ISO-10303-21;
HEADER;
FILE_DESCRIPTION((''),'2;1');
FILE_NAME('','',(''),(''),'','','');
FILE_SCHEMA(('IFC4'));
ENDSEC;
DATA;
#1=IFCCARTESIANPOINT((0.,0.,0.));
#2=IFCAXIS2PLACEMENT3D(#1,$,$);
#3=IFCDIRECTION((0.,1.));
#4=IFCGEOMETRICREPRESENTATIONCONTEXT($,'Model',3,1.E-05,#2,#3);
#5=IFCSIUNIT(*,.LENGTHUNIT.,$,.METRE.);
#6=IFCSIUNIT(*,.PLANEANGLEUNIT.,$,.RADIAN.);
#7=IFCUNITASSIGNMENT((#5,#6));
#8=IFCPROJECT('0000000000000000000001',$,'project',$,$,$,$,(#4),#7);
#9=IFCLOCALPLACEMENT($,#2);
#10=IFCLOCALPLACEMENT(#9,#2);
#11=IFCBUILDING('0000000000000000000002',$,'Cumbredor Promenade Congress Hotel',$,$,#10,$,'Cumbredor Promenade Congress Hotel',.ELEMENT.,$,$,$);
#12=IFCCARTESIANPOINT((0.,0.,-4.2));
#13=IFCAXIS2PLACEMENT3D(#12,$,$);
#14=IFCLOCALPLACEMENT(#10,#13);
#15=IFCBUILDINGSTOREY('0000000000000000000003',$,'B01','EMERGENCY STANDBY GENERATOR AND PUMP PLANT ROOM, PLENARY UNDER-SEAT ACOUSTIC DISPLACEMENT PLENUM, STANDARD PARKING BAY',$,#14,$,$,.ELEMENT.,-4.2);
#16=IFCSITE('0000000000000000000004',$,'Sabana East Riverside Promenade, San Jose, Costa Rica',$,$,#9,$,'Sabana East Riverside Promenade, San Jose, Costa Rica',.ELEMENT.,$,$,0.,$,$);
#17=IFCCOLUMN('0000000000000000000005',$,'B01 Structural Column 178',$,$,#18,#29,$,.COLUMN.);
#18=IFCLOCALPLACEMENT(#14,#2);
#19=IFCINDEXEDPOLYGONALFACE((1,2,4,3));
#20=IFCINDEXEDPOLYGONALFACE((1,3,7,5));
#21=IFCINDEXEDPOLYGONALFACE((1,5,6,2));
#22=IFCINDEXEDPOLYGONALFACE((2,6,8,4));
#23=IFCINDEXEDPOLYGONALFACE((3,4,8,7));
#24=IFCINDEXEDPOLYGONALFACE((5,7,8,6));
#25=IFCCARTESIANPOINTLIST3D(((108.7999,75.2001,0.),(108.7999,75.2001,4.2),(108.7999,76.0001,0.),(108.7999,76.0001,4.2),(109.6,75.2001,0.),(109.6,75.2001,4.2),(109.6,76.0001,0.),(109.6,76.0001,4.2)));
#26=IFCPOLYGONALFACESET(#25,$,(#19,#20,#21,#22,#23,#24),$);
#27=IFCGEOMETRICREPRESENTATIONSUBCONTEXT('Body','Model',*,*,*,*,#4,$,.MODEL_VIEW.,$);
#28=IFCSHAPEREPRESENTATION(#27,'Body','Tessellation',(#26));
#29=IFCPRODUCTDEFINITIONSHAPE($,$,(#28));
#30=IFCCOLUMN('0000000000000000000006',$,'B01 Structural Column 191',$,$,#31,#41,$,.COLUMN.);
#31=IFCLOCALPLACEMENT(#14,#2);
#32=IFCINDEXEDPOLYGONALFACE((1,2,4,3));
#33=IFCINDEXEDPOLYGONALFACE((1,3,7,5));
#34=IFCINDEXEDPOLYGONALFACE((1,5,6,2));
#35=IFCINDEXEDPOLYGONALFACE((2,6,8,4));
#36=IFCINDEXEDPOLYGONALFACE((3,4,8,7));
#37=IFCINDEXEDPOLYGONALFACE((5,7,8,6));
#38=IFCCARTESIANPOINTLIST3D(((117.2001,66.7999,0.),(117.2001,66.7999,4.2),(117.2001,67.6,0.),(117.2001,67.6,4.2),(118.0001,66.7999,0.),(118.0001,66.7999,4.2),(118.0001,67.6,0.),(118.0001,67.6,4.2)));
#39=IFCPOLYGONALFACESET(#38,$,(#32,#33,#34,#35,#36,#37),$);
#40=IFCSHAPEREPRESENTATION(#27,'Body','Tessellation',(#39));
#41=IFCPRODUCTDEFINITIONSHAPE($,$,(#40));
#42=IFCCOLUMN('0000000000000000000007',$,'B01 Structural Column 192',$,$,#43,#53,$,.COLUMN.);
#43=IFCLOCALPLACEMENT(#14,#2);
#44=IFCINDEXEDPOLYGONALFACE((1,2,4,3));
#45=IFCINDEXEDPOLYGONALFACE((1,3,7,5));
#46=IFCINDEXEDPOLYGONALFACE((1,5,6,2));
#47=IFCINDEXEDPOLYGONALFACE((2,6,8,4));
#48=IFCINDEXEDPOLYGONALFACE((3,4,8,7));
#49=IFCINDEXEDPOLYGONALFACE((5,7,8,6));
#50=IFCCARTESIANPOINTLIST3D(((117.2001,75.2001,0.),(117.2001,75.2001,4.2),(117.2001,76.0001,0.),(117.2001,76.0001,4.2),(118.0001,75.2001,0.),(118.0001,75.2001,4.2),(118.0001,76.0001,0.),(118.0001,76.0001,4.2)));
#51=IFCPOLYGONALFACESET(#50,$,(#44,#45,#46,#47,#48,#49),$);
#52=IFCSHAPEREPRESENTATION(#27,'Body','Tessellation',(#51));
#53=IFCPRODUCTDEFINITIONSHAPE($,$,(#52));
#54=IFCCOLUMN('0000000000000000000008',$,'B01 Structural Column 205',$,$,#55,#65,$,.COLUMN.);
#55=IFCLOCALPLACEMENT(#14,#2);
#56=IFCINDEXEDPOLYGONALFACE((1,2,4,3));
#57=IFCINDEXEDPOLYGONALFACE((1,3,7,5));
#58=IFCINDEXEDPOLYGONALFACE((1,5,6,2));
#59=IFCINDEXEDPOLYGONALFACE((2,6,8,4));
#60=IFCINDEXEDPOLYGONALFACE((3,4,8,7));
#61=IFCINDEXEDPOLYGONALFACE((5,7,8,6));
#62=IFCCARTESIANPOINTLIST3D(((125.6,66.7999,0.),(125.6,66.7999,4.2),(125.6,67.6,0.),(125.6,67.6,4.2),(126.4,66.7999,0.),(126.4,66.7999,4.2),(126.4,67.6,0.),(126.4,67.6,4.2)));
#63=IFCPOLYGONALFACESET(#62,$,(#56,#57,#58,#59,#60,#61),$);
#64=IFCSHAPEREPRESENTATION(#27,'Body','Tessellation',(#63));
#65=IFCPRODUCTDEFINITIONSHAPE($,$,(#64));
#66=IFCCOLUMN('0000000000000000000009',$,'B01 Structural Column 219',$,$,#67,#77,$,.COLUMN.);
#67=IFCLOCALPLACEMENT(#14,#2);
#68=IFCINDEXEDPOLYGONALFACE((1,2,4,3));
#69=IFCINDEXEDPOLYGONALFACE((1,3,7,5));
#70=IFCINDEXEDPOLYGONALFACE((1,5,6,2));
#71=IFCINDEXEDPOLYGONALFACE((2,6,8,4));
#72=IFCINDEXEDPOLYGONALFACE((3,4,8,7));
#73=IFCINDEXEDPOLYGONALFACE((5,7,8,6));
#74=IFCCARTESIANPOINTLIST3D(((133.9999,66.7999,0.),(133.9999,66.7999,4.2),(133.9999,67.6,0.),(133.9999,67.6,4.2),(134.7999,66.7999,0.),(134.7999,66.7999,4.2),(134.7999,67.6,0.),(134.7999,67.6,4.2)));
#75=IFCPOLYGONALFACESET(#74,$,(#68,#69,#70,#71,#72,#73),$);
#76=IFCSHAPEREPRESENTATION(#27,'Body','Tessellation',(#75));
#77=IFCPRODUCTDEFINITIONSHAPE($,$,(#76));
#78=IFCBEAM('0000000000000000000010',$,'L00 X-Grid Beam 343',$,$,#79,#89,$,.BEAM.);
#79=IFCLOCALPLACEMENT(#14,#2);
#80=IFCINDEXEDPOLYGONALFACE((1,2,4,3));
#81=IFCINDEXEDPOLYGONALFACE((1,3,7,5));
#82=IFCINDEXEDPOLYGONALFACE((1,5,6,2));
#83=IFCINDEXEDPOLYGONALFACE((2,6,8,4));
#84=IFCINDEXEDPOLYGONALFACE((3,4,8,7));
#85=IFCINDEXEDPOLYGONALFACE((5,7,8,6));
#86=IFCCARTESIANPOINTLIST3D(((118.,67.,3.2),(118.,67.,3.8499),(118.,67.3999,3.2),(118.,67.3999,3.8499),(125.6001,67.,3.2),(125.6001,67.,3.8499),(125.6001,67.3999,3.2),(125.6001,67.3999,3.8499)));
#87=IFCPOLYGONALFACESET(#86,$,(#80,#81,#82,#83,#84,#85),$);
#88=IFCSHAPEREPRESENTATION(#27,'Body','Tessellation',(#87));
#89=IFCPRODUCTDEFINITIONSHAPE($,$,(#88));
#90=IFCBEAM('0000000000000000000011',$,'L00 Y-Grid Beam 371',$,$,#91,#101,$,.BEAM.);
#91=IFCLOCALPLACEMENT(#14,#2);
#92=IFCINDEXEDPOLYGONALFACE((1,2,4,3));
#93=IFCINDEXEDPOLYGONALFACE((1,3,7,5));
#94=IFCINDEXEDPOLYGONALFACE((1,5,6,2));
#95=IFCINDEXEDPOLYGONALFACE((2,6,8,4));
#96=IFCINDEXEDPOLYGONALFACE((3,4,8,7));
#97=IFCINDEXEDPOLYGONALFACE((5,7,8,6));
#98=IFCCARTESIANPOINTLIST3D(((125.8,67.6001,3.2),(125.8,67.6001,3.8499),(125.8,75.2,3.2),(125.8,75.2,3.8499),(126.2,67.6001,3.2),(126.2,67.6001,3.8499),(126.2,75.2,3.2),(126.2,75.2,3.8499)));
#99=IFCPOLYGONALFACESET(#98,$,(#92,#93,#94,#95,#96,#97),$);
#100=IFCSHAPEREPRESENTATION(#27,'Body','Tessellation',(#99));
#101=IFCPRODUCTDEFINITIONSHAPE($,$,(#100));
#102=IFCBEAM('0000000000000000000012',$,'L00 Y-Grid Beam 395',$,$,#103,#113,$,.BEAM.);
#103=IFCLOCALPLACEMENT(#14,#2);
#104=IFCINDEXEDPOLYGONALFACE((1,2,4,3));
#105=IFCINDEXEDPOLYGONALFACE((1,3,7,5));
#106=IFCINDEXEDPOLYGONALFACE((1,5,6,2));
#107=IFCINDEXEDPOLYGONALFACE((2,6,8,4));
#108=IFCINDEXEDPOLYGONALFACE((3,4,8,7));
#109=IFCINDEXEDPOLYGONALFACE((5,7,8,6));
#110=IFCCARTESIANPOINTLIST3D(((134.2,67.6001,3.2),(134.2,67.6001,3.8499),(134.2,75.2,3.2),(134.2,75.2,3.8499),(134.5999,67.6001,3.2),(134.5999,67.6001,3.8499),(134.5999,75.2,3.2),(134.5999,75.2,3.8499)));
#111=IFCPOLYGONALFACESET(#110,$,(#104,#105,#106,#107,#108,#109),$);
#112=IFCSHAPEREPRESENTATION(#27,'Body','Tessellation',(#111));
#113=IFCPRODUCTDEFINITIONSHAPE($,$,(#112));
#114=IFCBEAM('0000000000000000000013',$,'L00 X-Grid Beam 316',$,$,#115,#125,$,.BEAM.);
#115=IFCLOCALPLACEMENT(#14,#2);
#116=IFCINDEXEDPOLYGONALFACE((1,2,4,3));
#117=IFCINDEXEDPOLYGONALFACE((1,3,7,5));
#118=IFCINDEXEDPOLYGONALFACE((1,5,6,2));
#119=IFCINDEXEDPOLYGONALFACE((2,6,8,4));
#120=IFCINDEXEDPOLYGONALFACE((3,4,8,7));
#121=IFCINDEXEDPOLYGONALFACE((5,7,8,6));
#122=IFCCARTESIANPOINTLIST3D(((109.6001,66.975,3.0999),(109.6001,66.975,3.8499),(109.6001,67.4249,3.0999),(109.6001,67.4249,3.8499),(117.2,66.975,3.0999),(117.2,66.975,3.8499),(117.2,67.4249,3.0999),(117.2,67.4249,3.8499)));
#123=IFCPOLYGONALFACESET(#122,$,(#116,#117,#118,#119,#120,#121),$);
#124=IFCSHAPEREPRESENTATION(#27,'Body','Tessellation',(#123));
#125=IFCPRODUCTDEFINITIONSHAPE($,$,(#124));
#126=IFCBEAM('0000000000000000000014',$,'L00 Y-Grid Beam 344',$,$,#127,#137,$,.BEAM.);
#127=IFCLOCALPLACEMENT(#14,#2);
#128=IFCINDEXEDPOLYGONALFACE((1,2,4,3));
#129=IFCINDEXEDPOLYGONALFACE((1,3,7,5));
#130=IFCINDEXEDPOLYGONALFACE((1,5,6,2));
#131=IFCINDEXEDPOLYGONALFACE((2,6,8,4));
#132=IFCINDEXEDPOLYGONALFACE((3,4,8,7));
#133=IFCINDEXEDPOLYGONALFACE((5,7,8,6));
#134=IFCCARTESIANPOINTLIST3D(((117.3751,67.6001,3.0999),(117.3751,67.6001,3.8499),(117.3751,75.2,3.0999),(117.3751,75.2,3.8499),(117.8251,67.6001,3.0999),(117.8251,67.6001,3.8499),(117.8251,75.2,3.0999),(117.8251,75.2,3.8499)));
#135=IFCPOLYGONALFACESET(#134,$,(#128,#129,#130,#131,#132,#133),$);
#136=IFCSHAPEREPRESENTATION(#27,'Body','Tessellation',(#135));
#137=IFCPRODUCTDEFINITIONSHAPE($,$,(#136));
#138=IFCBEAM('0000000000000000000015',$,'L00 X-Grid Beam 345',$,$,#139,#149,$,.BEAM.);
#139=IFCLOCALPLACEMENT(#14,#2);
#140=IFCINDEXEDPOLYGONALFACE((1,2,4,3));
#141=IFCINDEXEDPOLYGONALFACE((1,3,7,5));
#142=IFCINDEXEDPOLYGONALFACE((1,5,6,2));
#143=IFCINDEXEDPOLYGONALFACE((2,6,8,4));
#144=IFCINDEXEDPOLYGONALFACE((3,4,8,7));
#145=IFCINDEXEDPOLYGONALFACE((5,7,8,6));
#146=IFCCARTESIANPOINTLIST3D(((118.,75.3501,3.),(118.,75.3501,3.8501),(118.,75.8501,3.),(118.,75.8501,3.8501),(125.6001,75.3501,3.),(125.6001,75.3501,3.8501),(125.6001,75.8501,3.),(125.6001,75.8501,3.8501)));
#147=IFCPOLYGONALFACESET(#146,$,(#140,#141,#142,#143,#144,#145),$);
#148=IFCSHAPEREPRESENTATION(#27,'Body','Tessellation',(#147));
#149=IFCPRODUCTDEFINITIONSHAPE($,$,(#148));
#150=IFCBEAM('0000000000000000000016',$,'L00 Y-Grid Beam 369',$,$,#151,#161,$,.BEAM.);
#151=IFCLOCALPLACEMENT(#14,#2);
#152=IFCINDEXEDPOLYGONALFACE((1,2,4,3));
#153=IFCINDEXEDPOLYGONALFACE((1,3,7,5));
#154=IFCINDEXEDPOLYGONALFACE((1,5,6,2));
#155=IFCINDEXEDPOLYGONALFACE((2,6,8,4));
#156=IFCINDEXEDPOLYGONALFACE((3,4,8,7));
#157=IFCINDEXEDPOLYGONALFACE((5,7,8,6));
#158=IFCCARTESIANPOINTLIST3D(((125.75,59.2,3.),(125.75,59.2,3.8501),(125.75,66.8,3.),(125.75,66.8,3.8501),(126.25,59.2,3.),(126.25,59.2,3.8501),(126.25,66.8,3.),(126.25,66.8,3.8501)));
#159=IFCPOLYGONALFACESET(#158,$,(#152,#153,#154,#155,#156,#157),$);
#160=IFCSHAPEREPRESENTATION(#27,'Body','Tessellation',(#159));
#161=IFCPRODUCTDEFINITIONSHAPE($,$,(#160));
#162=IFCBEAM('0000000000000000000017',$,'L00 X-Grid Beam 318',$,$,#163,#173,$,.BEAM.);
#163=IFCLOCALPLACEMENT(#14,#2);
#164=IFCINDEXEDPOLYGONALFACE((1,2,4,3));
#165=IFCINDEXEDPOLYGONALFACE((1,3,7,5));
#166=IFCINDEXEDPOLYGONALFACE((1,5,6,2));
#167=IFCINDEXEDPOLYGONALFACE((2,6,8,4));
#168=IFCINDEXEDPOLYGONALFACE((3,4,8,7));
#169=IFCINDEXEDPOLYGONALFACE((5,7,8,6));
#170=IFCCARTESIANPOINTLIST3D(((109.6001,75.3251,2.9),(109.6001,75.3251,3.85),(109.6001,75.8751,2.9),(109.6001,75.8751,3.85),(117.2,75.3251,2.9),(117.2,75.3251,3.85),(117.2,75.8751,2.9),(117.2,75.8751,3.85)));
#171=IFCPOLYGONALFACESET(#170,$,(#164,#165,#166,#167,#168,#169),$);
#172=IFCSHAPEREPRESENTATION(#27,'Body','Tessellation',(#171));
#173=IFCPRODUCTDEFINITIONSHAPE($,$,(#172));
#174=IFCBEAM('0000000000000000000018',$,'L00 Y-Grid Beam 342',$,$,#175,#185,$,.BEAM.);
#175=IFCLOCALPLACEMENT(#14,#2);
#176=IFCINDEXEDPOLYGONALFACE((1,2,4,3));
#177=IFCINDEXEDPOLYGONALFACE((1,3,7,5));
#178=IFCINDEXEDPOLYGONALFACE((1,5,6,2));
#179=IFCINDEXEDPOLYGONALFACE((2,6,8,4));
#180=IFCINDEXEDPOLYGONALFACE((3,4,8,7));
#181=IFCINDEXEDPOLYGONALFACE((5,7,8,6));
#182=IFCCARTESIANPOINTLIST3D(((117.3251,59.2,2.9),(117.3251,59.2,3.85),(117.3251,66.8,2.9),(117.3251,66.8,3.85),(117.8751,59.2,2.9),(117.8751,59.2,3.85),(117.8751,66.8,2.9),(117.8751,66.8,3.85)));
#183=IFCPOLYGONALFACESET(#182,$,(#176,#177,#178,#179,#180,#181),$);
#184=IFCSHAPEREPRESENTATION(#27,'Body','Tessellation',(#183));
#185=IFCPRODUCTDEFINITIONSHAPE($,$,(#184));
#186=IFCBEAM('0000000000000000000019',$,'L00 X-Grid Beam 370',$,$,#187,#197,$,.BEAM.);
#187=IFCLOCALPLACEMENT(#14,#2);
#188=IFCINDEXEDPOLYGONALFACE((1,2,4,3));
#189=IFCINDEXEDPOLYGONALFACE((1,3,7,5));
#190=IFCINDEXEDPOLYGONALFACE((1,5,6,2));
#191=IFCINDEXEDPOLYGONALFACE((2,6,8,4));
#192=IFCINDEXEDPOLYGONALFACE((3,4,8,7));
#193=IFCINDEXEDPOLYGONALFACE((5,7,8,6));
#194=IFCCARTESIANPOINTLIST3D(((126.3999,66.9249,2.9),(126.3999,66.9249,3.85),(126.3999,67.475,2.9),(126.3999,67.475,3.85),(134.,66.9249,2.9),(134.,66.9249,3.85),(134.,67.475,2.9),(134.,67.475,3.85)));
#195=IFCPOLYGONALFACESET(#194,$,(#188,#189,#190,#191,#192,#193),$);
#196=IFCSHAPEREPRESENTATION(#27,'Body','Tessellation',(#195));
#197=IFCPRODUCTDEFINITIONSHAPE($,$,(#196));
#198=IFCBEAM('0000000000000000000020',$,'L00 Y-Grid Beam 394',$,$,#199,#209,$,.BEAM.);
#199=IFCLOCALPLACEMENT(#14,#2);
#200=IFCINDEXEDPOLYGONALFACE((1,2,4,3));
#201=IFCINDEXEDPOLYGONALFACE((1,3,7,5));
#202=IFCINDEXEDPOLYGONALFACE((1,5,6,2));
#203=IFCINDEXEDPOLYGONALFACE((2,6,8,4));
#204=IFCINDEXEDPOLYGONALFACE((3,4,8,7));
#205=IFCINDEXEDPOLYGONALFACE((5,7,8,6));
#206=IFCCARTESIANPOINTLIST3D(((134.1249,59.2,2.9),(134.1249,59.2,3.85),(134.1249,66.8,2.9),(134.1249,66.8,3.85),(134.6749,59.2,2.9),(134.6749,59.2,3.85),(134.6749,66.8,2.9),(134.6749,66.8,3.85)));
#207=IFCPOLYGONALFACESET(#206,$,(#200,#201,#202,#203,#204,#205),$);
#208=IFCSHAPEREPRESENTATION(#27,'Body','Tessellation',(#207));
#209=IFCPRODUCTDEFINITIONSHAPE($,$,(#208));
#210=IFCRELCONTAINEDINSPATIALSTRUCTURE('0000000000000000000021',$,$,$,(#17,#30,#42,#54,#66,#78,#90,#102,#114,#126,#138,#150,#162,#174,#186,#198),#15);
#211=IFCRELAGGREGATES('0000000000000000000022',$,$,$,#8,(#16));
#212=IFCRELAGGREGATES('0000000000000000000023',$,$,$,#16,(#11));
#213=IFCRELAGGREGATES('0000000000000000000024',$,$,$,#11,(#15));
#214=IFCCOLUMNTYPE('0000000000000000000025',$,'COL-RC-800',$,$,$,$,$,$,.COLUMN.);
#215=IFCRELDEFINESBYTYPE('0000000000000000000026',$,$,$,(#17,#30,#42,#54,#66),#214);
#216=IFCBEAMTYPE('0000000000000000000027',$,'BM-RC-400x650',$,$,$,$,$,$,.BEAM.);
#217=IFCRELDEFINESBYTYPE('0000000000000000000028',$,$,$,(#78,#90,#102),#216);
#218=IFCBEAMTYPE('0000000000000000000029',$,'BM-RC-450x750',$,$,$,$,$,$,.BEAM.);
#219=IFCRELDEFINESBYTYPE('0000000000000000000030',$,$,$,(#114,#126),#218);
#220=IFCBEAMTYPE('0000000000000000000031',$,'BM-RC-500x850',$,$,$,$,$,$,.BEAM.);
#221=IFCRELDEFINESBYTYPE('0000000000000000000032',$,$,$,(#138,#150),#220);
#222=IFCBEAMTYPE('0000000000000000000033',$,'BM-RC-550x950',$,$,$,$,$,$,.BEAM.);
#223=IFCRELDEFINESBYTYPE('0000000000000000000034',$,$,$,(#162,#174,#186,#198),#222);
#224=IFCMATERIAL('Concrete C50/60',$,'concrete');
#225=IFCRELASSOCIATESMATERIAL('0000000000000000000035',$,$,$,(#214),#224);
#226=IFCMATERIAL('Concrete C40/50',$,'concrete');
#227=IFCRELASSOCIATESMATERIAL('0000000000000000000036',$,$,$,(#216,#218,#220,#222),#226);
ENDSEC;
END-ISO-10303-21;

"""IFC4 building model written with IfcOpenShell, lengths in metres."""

from ifc_helpers import new_model, si_unit, direction, frame, origin, origin_2d, place, context, subcontext, project, spatial, rectangle, extrude, material, material_profile, profile_set, type_object, element, save


model = new_model("IFC4")

# Units and contexts
model_context = context("Model", 3, precision=1e-05, world=origin(), true_north=direction((0.0, 1.0)))
body_context = subcontext(model_context, "Body", "Model", "MODEL_VIEW")
ifc_project = project(units=[si_unit("LENGTHUNIT", "METRE"), si_unit("PLANEANGLEUNIT", "RADIAN")], contexts=[model_context])

# Site, building, storey
site_placement = place(None, origin())
site = spatial("IfcSite", under=ifc_project, at=site_placement, Name="Sabana East Riverside Promenade, San Jose, Costa Rica", LongName="Sabana East Riverside Promenade, San Jose, Costa Rica", CompositionType="ELEMENT", RefElevation=0.0)
building_placement = place(site_placement, origin())
building = spatial("IfcBuilding", under=site, at=building_placement, Name="Cumbredor Promenade Congress Hotel", LongName="Cumbredor Promenade Congress Hotel", CompositionType="ELEMENT")
storey_placement = place(building_placement, frame((0.0, 0.0, -4.2)))
storey = spatial("IfcBuildingStorey", under=building, at=storey_placement, Name="B01", Description="EMERGENCY STANDBY GENERATOR AND PUMP PLANT ROOM, PLENARY UNDER-SEAT ACOUSTIC DISPLACEMENT PLENUM, STANDARD PARKING BAY", CompositionType="ELEMENT", Elevation=-4.2)

# Columns
ifc_material_1 = material(Name="Concrete C50/60", Category="concrete")
ifc_material_profile_1 = material_profile(ifc_material_1, rectangle(XDim=0.8, YDim=0.8, at=origin_2d()), Name="RC 800x800")
ifc_profile_set_1 = profile_set([ifc_material_profile_1], Name="Concrete C50/60")
column_type = type_object("IfcColumnType", Name="COL-RC-800", PredefinedType="COLUMN", material=ifc_profile_set_1)
for number, where, z_axis, x_axis, name in (
    (1, (109.2, 75.6001, 0.0), (0.0, 0.0, 1.0), (1.0, 0.0, 0.0), "B01 Structural Column 178"),
    (2, (117.6001, 67.2, 0.0), (0.0, 0.0, 1.0), (1.0, 0.0, 0.0), "B01 Structural Column 191"),
    (3, (117.6001, 75.6001, 0.0), (0.0, 0.0, 1.0), (1.0, 0.0, 0.0), "B01 Structural Column 192"),
    (4, (126.0, 67.2, 0.0), (0.0, 0.0, 1.0), (1.0, 0.0, 0.0), "B01 Structural Column 205"),
    (5, (134.3999, 67.2, 0.0), (0.0, 0.0, 1.0), (1.0, 0.0, 0.0), "B01 Structural Column 219"),
):
    element("IfcColumn", number, at=place(storey_placement, frame(where, z_axis=z_axis, x_axis=x_axis)), inside=storey, type_object=column_type, Name=name, PredefinedType="COLUMN", context=body_context, shape_type="SweptSolid", body=[
        extrude(rectangle(XDim=0.8, YDim=0.8, at=origin_2d()), origin(), (0.0, 0.0, 1.0), 4.2),
    ])

# Beams
ifc_material_2 = material(Name="Concrete C40/50", Category="concrete")
ifc_material_profile_2 = material_profile(ifc_material_2, rectangle(XDim=0.3999, YDim=0.6499, at=origin_2d()), Name="RC BEAM 400x650")
ifc_profile_set_2 = profile_set([ifc_material_profile_2], Name="Concrete C40/50")
beam_type_1 = type_object("IfcBeamType", Name="BM-RC-400x650", PredefinedType="BEAM", material=ifc_profile_set_2)
beam_1_placement = place(storey_placement, frame((118.0, 67.2, 3.5249), z_axis=(1.0, 0.0, 0.0), x_axis=(0.0, 1.0, 0.0)))
element("IfcBeam", 6, at=beam_1_placement, inside=storey, type_object=beam_type_1, Name="L00 X-Grid Beam 343", PredefinedType="BEAM", context=body_context, shape_type="SweptSolid", body=[
    extrude(rectangle(XDim=0.3999, YDim=0.6499, at=origin_2d()), origin(), (0.0, 0.0, 1.0), 7.6001),
])
for number, where, z_axis, x_axis, name in (
    (7, (126.0, 67.6001, 3.5249), (0.0, 1.0, 0.0), (-1.0, 0.0, 0.0), "L00 Y-Grid Beam 371"),
    (8, (134.3999, 67.6001, 3.5249), (0.0, 1.0, 0.0), (-1.0, 0.0, 0.0), "L00 Y-Grid Beam 395"),
):
    element("IfcBeam", number, at=place(storey_placement, frame(where, z_axis=z_axis, x_axis=x_axis)), inside=storey, type_object=beam_type_1, Name=name, PredefinedType="BEAM", context=body_context, shape_type="SweptSolid", body=[
        extrude(rectangle(XDim=0.3999, YDim=0.6499, at=origin_2d()), origin(), (0.0, 0.0, 1.0), 7.5999),
    ])
ifc_material_profile_3 = material_profile(ifc_material_2, rectangle(XDim=0.45, YDim=0.75, at=origin_2d()), Name="RC BEAM 450x750")
ifc_profile_set_3 = profile_set([ifc_material_profile_3], Name="Concrete C40/50")
beam_type_2 = type_object("IfcBeamType", Name="BM-RC-450x750", PredefinedType="BEAM", material=ifc_profile_set_3)
for number, where, z_axis, x_axis, name in (
    (9, (109.6001, 67.2, 3.4749), (1.0, 0.0, 0.0), (0.0, 1.0, 0.0), "L00 X-Grid Beam 316"),
    (10, (117.6001, 67.6001, 3.4749), (0.0, 1.0, 0.0), (-1.0, 0.0, 0.0), "L00 Y-Grid Beam 344"),
):
    element("IfcBeam", number, at=place(storey_placement, frame(where, z_axis=z_axis, x_axis=x_axis)), inside=storey, type_object=beam_type_2, Name=name, PredefinedType="BEAM", context=body_context, shape_type="SweptSolid", body=[
        extrude(rectangle(XDim=0.45, YDim=0.75, at=origin_2d()), origin(), (0.0, 0.0, 1.0), 7.5999),
    ])
ifc_material_profile_4 = material_profile(ifc_material_2, rectangle(XDim=0.5, YDim=0.8501, at=origin_2d()), Name="RC BEAM 500x850")
ifc_profile_set_4 = profile_set([ifc_material_profile_4], Name="Concrete C40/50")
beam_type_3 = type_object("IfcBeamType", Name="BM-RC-500x850", PredefinedType="BEAM", material=ifc_profile_set_4)
for number, where, z_axis, x_axis, name in (
    (11, (118.0, 75.6001, 3.425), (1.0, 0.0, 0.0), (0.0, 1.0, 0.0), "L00 X-Grid Beam 345"),
    (12, (126.0, 59.2, 3.425), (0.0, 1.0, 0.0), (-1.0, 0.0, 0.0), "L00 Y-Grid Beam 369"),
):
    element("IfcBeam", number, at=place(storey_placement, frame(where, z_axis=z_axis, x_axis=x_axis)), inside=storey, type_object=beam_type_3, Name=name, PredefinedType="BEAM", context=body_context, shape_type="SweptSolid", body=[
        extrude(rectangle(XDim=0.5, YDim=0.8501, at=origin_2d()), origin(), (0.0, 0.0, 1.0), 7.6001),
    ])
ifc_material_profile_5 = material_profile(ifc_material_2, rectangle(XDim=0.55, YDim=0.95, at=origin_2d()), Name="RC BEAM 550x950")
ifc_profile_set_5 = profile_set([ifc_material_profile_5], Name="Concrete C40/50")
beam_type_4 = type_object("IfcBeamType", Name="BM-RC-550x950", PredefinedType="BEAM", material=ifc_profile_set_5)
beam_2_placement = place(storey_placement, frame((109.6001, 75.6001, 3.375), z_axis=(1.0, 0.0, 0.0), x_axis=(0.0, 1.0, 0.0)))
element("IfcBeam", 13, at=beam_2_placement, inside=storey, type_object=beam_type_4, Name="L00 X-Grid Beam 318", PredefinedType="BEAM", context=body_context, shape_type="SweptSolid", body=[
    extrude(rectangle(XDim=0.55, YDim=0.95, at=origin_2d()), origin(), (0.0, 0.0, 1.0), 7.5999),
])
for number, where, z_axis, x_axis, name in (
    (14, (117.6001, 59.2, 3.375), (0.0, 1.0, 0.0), (-1.0, 0.0, 0.0), "L00 Y-Grid Beam 342"),
    (15, (126.3999, 67.2, 3.375), (1.0, 0.0, 0.0), (0.0, 1.0, 0.0), "L00 X-Grid Beam 370"),
    (16, (134.3999, 59.2, 3.375), (0.0, 1.0, 0.0), (-1.0, 0.0, 0.0), "L00 Y-Grid Beam 394"),
):
    element("IfcBeam", number, at=place(storey_placement, frame(where, z_axis=z_axis, x_axis=x_axis)), inside=storey, type_object=beam_type_4, Name=name, PredefinedType="BEAM", context=body_context, shape_type="SweptSolid", body=[
        extrude(rectangle(XDim=0.55, YDim=0.95, at=origin_2d()), origin(), (0.0, 0.0, 1.0), 7.6001),
    ])

save(model, "model.ifc")
